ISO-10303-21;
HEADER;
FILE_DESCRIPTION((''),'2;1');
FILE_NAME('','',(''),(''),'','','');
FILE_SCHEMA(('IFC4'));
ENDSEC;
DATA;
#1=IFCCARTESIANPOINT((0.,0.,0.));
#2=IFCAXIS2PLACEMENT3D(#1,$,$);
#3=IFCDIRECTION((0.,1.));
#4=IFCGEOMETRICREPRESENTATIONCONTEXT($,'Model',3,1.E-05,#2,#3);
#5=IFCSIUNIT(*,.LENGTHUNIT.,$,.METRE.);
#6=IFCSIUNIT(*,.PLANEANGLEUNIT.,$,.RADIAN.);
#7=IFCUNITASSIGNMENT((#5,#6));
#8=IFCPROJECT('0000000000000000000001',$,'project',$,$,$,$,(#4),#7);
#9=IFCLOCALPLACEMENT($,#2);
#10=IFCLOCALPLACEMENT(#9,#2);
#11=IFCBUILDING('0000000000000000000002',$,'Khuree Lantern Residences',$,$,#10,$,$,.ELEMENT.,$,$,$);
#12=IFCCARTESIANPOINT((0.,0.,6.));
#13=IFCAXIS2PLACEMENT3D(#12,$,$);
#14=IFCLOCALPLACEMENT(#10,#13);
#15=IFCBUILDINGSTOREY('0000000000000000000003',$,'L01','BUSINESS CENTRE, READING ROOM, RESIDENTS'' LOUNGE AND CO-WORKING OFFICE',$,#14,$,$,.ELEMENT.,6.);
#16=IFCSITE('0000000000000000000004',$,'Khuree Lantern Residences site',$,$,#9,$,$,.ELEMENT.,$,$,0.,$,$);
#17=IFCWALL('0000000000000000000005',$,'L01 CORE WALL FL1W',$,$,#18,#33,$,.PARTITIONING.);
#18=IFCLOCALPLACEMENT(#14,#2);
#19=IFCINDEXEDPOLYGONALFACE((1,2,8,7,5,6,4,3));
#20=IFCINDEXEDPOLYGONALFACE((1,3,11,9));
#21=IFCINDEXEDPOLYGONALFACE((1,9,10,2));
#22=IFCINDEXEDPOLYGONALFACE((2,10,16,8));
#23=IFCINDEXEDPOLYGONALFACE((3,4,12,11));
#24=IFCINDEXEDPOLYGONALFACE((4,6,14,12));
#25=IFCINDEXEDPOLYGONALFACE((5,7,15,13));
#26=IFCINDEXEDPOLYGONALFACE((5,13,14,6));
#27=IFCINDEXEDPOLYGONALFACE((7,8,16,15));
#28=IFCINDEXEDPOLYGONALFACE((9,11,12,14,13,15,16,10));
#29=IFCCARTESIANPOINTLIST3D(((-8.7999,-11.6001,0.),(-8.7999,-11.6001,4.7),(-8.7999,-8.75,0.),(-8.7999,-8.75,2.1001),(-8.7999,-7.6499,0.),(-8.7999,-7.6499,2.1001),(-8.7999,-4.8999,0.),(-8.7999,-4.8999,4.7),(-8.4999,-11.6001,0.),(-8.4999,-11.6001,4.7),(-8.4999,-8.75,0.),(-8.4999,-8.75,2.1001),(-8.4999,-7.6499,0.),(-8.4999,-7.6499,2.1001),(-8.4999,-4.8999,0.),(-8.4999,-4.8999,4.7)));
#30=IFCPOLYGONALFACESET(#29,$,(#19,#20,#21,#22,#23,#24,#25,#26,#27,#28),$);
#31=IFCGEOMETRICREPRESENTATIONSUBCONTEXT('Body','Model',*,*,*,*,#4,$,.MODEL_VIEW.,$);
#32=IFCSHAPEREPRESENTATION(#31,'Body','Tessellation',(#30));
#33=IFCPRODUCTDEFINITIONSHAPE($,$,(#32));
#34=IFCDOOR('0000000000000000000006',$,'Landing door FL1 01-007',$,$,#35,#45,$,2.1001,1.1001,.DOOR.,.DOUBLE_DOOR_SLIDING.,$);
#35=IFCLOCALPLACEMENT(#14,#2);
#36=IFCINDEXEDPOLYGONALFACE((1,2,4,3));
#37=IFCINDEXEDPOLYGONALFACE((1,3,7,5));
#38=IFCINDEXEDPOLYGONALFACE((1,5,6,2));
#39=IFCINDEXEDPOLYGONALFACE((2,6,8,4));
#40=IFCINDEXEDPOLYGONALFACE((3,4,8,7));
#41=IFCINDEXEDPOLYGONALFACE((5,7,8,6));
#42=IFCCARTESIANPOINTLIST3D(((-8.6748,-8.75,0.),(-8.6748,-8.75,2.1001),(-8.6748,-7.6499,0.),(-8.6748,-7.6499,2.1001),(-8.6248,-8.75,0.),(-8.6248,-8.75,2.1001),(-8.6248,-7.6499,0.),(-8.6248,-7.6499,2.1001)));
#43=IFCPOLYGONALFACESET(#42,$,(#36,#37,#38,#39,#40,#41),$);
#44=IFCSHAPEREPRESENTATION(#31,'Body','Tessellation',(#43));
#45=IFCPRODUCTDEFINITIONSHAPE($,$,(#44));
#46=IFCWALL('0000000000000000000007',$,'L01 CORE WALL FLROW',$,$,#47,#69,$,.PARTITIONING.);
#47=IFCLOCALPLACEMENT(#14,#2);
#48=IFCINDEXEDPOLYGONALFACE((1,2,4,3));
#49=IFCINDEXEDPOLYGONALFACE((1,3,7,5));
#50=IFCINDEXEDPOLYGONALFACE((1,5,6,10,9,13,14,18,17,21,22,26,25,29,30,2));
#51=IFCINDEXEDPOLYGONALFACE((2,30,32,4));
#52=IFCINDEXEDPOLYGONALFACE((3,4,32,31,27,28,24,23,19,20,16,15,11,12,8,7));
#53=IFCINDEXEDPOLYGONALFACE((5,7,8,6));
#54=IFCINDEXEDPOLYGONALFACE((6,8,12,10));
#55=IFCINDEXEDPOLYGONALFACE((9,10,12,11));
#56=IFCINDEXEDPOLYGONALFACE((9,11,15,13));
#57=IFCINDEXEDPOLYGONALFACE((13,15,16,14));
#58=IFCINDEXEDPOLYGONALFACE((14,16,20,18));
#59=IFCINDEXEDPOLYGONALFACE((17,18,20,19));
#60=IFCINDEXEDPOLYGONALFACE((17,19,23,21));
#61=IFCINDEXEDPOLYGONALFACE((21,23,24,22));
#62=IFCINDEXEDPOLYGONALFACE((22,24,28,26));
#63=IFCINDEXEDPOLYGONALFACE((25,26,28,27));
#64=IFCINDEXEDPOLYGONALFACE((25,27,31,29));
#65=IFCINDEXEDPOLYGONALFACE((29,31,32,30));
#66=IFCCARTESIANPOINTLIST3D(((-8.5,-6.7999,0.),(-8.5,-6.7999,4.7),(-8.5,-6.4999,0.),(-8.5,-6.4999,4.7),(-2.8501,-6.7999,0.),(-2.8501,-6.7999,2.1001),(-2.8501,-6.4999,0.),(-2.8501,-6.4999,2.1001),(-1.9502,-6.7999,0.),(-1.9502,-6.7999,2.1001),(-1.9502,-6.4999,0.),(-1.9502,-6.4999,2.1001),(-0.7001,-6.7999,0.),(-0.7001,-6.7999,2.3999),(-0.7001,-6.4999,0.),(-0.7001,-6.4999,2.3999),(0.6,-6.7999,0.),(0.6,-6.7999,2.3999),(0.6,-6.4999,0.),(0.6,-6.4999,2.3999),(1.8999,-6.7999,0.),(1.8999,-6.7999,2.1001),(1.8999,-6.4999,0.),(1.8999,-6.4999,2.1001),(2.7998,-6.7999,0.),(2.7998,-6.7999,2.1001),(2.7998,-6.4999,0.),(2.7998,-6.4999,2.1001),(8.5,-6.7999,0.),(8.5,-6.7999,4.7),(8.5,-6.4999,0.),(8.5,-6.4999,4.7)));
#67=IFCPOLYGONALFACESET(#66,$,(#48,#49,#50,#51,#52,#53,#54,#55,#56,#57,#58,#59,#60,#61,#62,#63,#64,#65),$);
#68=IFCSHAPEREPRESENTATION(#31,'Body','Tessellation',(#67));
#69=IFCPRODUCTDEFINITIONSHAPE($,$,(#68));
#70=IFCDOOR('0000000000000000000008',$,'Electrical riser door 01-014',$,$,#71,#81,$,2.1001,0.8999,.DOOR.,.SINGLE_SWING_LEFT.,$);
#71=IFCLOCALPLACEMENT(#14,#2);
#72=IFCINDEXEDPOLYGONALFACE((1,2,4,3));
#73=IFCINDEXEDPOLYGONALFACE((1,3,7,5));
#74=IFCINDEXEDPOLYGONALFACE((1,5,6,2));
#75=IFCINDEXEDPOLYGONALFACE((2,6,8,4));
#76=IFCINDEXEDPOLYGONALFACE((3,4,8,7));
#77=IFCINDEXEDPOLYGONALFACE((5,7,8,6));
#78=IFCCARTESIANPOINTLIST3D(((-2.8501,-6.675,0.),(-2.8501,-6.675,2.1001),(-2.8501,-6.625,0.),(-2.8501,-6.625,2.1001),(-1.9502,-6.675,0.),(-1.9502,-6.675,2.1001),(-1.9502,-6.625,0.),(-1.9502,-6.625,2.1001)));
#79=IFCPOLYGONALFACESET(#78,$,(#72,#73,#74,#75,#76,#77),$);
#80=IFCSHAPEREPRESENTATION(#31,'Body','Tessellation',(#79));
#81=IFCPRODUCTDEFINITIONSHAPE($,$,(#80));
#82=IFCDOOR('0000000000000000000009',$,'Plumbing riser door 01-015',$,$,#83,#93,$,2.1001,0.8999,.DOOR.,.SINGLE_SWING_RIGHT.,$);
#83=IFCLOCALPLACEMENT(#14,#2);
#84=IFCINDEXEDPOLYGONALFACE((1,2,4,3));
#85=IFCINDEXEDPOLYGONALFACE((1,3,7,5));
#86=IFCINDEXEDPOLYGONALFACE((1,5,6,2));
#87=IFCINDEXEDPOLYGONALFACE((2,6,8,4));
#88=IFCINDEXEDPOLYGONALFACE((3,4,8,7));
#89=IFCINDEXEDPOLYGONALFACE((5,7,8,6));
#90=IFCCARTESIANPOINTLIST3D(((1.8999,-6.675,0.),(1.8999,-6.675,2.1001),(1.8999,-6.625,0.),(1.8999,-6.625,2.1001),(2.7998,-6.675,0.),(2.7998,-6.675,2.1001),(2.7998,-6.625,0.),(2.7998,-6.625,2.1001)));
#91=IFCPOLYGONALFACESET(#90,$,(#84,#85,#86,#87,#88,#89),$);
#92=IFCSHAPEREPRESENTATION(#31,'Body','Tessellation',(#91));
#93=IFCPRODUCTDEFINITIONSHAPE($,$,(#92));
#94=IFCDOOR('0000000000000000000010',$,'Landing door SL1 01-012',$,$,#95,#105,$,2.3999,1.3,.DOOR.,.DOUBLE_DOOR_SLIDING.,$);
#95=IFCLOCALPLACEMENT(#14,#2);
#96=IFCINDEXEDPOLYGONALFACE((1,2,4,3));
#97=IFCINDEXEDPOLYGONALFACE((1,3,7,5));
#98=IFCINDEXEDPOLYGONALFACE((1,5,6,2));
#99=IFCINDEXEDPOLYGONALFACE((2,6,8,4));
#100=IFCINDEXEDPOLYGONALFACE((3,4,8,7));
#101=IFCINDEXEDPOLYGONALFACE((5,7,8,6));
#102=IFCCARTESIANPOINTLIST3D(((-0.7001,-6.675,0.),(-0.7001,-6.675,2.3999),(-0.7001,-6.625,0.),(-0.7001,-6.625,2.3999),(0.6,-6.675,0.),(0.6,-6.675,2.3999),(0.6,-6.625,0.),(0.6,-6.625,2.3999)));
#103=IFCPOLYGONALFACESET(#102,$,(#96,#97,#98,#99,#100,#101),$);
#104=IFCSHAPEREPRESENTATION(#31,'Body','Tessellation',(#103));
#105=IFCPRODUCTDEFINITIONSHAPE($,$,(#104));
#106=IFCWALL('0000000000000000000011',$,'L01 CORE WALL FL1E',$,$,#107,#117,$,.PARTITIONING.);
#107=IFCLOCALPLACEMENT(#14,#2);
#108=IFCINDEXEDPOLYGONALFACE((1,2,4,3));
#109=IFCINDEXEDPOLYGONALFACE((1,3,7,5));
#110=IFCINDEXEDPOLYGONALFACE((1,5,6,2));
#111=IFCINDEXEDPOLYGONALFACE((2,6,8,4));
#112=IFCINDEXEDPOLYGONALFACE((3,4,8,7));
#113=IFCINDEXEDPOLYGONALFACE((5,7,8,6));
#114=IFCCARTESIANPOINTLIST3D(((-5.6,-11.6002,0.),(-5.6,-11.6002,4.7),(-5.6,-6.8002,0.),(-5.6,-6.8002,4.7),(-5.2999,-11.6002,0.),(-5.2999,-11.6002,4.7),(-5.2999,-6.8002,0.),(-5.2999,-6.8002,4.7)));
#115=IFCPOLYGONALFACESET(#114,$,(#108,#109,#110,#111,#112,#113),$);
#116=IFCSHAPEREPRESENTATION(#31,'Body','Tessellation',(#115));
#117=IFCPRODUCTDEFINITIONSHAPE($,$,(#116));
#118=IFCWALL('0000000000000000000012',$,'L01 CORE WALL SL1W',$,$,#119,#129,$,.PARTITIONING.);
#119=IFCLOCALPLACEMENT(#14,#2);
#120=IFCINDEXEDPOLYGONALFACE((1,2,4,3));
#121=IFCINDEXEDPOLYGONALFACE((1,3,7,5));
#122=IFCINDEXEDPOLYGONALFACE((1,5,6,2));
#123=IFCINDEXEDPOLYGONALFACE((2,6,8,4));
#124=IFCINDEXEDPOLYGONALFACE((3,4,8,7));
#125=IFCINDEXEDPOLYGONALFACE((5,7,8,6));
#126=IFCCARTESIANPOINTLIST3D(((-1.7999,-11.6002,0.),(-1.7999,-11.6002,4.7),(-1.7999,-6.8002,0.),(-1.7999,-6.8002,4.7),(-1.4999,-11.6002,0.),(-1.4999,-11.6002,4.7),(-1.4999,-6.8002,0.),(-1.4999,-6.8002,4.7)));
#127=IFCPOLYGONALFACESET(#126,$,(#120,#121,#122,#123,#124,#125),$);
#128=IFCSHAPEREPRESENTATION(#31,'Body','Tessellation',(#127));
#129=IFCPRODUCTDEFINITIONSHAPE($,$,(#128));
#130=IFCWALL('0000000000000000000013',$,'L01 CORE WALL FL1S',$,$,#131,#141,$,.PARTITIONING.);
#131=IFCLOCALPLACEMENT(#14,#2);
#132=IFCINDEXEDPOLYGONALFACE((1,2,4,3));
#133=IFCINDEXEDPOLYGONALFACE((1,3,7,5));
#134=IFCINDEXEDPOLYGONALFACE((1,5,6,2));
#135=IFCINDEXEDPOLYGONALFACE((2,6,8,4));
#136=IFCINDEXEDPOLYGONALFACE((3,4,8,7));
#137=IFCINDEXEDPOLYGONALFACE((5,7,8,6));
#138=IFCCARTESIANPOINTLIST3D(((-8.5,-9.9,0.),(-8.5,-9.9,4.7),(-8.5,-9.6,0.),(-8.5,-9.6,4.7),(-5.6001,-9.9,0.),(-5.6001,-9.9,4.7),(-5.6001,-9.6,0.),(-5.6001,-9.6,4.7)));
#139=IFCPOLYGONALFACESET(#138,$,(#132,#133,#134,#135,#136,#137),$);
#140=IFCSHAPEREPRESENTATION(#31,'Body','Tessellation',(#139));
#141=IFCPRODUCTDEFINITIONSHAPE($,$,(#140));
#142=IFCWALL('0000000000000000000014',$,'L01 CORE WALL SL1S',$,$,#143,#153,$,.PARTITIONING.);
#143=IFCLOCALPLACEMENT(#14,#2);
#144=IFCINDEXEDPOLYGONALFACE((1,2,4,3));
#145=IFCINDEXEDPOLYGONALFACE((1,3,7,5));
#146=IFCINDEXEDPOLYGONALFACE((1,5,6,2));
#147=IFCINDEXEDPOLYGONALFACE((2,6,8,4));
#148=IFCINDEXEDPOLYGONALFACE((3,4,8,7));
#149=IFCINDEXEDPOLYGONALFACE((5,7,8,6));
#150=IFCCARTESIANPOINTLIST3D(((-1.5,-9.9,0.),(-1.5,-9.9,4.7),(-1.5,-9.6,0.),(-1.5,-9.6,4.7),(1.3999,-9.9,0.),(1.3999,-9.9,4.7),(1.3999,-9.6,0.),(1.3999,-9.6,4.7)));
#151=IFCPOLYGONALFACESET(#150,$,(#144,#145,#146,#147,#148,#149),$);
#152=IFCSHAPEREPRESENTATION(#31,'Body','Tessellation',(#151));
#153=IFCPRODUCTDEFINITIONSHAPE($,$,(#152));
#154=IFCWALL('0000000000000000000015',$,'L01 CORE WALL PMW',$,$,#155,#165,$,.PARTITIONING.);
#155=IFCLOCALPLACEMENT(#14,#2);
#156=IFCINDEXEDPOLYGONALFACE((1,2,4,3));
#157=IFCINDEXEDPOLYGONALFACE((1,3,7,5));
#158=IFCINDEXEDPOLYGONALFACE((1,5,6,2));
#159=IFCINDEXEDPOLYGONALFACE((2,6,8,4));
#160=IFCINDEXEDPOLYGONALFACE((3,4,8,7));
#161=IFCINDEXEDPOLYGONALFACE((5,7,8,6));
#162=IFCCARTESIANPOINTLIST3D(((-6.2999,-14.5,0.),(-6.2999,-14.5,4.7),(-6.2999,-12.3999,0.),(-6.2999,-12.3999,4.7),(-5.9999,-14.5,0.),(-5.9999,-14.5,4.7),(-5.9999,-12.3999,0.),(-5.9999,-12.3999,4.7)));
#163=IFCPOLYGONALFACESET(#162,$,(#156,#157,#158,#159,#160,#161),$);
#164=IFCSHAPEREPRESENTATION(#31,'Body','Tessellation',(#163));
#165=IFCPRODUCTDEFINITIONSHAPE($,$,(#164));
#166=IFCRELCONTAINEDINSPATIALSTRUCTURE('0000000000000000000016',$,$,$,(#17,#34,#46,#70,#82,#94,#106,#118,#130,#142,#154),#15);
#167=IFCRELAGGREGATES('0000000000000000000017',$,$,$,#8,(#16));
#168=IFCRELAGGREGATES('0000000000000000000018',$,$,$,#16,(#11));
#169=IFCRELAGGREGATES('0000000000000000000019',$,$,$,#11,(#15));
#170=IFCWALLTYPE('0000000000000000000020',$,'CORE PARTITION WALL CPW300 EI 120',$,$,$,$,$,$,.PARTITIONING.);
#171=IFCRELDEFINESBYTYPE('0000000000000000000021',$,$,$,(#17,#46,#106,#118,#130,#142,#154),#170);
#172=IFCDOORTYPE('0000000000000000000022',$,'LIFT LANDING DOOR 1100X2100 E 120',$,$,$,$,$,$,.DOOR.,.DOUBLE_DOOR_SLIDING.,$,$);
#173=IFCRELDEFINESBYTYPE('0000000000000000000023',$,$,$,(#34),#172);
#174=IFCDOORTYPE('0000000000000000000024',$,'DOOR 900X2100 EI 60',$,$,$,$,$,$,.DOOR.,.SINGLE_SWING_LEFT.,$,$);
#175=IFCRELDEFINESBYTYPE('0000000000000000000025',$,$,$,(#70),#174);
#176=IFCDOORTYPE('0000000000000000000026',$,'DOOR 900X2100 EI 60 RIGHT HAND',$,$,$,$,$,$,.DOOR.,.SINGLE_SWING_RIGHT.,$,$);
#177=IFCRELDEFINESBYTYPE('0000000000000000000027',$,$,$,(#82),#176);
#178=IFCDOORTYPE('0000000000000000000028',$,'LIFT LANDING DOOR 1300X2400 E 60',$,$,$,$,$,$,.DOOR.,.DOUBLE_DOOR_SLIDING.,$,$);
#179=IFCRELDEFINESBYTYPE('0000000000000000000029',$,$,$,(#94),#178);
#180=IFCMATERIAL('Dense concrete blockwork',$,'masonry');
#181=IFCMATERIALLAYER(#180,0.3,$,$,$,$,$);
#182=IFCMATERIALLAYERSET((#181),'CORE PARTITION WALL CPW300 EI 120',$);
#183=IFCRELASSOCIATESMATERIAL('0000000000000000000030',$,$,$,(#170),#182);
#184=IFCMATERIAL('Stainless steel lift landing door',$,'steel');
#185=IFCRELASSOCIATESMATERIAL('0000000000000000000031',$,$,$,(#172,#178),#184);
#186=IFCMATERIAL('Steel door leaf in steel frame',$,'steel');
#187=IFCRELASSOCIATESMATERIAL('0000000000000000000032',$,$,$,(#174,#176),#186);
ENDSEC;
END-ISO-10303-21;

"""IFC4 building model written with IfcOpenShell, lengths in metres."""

from ifc_helpers import new_model, si_unit, direction, frame, frame_2d, origin, place, context, subcontext, project, spatial, rectangle, extrude, material, layer, layer_set, type_object, element, fill, save


model = new_model("IFC4")

# Units and contexts
model_context = context("Model", 3, precision=1e-05, world=origin(), true_north=direction((0.0, 1.0)))
body_context = subcontext(model_context, "Body", "Model", "MODEL_VIEW")
ifc_project = project(units=[si_unit("LENGTHUNIT", "METRE"), si_unit("PLANEANGLEUNIT", "RADIAN")], contexts=[model_context])

# Site, building, storey
site_placement = place(None, origin())
site = spatial("IfcSite", under=ifc_project, at=site_placement, Name="Khuree Lantern Residences site", CompositionType="ELEMENT", RefElevation=0.0)
building_placement = place(site_placement, origin())
building = spatial("IfcBuilding", under=site, at=building_placement, Name="Khuree Lantern Residences", CompositionType="ELEMENT")
storey_placement = place(building_placement, frame((0.0, 0.0, 6.0)))
storey = spatial("IfcBuildingStorey", under=building, at=storey_placement, Name="L01", Description="BUSINESS CENTRE, READING ROOM, RESIDENTS' LOUNGE AND CO-WORKING OFFICE", CompositionType="ELEMENT", Elevation=6.0)

# Wall, opening, door
ifc_material_1 = material(Name="Dense concrete blockwork", Category="masonry")
ifc_layer_1 = layer(ifc_material_1, 0.3)
ifc_layer_set_1 = layer_set([ifc_layer_1], Name="CORE PARTITION WALL CPW300 EI 120")
wall_type_1 = type_object("IfcWallType", Name="CORE PARTITION WALL CPW300 EI 120", PredefinedType="PARTITIONING", material=ifc_layer_set_1)
wall_1_placement = place(storey_placement, frame((-8.6499, -11.6001, 0.0), z_axis=(0.0, 0.0, 1.0), x_axis=(0.0, 1.0, 0.0)))
wall_1 = element("IfcWall", 1, at=wall_1_placement, inside=storey, type_object=wall_type_1, Name="L01 CORE WALL FL1W", PredefinedType="PARTITIONING", context=body_context, shape_type="SweptSolid", body=[
    extrude(rectangle(XDim=6.7002, YDim=0.3, at=frame_2d((3.3501, 0.0))), origin(), (0.0, 0.0, 1.0), 4.7),
])
opening_1_placement = place(wall_1_placement, frame((2.8501, 0.0, 0.0)))
opening_1 = element("IfcOpeningElement", 2, at=opening_1_placement, cuts=wall_1, PredefinedType="OPENING", context=body_context, shape_type="SweptSolid", body=[
    extrude(rectangle(XDim=1.1001, YDim=2.1001, at=frame_2d((0.55, 1.05))), frame((0.0, 0.1602, 0.0), z_axis=(0.0, -1.0, 0.0), x_axis=(1.0, 0.0, 0.0)), (0.0, 0.0, 1.0), 0.3201),
])
ifc_material_2 = material(Name="Stainless steel lift landing door", Category="steel")
door_type_1 = type_object("IfcDoorType", Name="LIFT LANDING DOOR 1100X2100 E 120", OperationType="DOUBLE_DOOR_SLIDING", PredefinedType="DOOR", material=ifc_material_2)
door_1_placement = place(opening_1_placement, origin())
door_1 = element("IfcDoor", 3, at=door_1_placement, inside=storey, type_object=door_type_1, Name="Landing door FL1 01-007", OperationType="DOUBLE_DOOR_SLIDING", OverallHeight=2.1001, OverallWidth=1.1001, PredefinedType="DOOR", context=body_context, shape_type="SweptSolid", body=[
    extrude(rectangle(XDim=1.1001, YDim=2.1001, at=frame_2d((0.55, 1.05))), frame((0.0, 0.0249, 0.0), z_axis=(0.0, -1.0, 0.0), x_axis=(1.0, 0.0, 0.0)), (0.0, 0.0, 1.0), 0.05),
])
fill(opening_1, door_1)

# Wall, openings, doors
wall_2_placement = place(storey_placement, frame((-8.5, -6.6499, 0.0), z_axis=(0.0, 0.0, 1.0), x_axis=(1.0, 0.0, 0.0)))
wall_2 = element("IfcWall", 4, at=wall_2_placement, inside=storey, type_object=wall_type_1, Name="L01 CORE WALL FLROW", PredefinedType="PARTITIONING", context=body_context, shape_type="SweptSolid", body=[
    extrude(rectangle(XDim=17.0, YDim=0.3, at=frame_2d((8.5, 0.0))), origin(), (0.0, 0.0, 1.0), 4.7),
])
opening_2_placement = place(wall_2_placement, frame((7.8, 0.0, 0.0)))
opening_2 = element("IfcOpeningElement", 5, at=opening_2_placement, cuts=wall_2, PredefinedType="OPENING", context=body_context, shape_type="SweptSolid", body=[
    extrude(rectangle(XDim=1.3, YDim=2.3999, at=frame_2d((0.6499, 1.2))), frame((0.0, 0.1602, 0.0), z_axis=(0.0, -1.0, 0.0), x_axis=(1.0, 0.0, 0.0)), (0.0, 0.0, 1.0), 0.3201),
])
opening_3_placement = place(wall_2_placement, frame((5.6499, 0.0, 0.0)))
opening_3 = element("IfcOpeningElement", 6, at=opening_3_placement, cuts=wall_2, PredefinedType="OPENING", context=body_context, shape_type="SweptSolid", body=[
    extrude(rectangle(XDim=0.8999, YDim=2.1001, at=frame_2d((0.45, 1.05))), frame((0.0, 0.1602, 0.0), z_axis=(0.0, -1.0, 0.0), x_axis=(1.0, 0.0, 0.0)), (0.0, 0.0, 1.0), 0.3201),
])
opening_4_placement = place(wall_2_placement, frame((10.3999, 0.0, 0.0)))
opening_4 = element("IfcOpeningElement", 7, at=opening_4_placement, cuts=wall_2, PredefinedType="OPENING", context=body_context, shape_type="SweptSolid", body=[
    extrude(rectangle(XDim=0.8999, YDim=2.1001, at=frame_2d((0.45, 1.05))), frame((0.0, 0.1602, 0.0), z_axis=(0.0, -1.0, 0.0), x_axis=(1.0, 0.0, 0.0)), (0.0, 0.0, 1.0), 0.3201),
])
ifc_material_3 = material(Name="Steel door leaf in steel frame", Category="steel")
door_type_2 = type_object("IfcDoorType", Name="DOOR 900X2100 EI 60", OperationType="SINGLE_SWING_LEFT", PredefinedType="DOOR", material=ifc_material_3)
door_2_placement = place(opening_3_placement, origin())
door_2 = element("IfcDoor", 8, at=door_2_placement, inside=storey, type_object=door_type_2, Name="Electrical riser door 01-014", OperationType="SINGLE_SWING_LEFT", OverallHeight=2.1001, OverallWidth=0.8999, PredefinedType="DOOR", context=body_context, shape_type="SweptSolid", body=[
    extrude(rectangle(XDim=0.8999, YDim=2.1001, at=frame_2d((0.45, 1.05))), frame((0.0, 0.0249, 0.0), z_axis=(0.0, -1.0, 0.0), x_axis=(1.0, 0.0, 0.0)), (0.0, 0.0, 1.0), 0.05),
])
fill(opening_3, door_2)
door_type_3 = type_object("IfcDoorType", Name="DOOR 900X2100 EI 60 RIGHT HAND", OperationType="SINGLE_SWING_RIGHT", PredefinedType="DOOR", material=ifc_material_3)
door_3_placement = place(opening_4_placement, origin())
door_3 = element("IfcDoor", 9, at=door_3_placement, inside=storey, type_object=door_type_3, Name="Plumbing riser door 01-015", OperationType="SINGLE_SWING_RIGHT", OverallHeight=2.1001, OverallWidth=0.8999, PredefinedType="DOOR", context=body_context, shape_type="SweptSolid", body=[
    extrude(rectangle(XDim=0.8999, YDim=2.1001, at=frame_2d((0.45, 1.05))), frame((0.0, 0.0249, 0.0), z_axis=(0.0, -1.0, 0.0), x_axis=(1.0, 0.0, 0.0)), (0.0, 0.0, 1.0), 0.05),
])
fill(opening_4, door_3)
door_type_4 = type_object("IfcDoorType", Name="LIFT LANDING DOOR 1300X2400 E 60", OperationType="DOUBLE_DOOR_SLIDING", PredefinedType="DOOR", material=ifc_material_2)
door_4_placement = place(opening_2_placement, origin())
door_4 = element("IfcDoor", 10, at=door_4_placement, inside=storey, type_object=door_type_4, Name="Landing door SL1 01-012", OperationType="DOUBLE_DOOR_SLIDING", OverallHeight=2.3999, OverallWidth=1.3, PredefinedType="DOOR", context=body_context, shape_type="SweptSolid", body=[
    extrude(rectangle(XDim=1.3, YDim=2.3999, at=frame_2d((0.6499, 1.2))), frame((0.0, 0.0249, 0.0), z_axis=(0.0, -1.0, 0.0), x_axis=(1.0, 0.0, 0.0)), (0.0, 0.0, 1.0), 0.05),
])
fill(opening_2, door_4)

# Walls
for number, where, z_axis, x_axis, name in (
    (11, (-5.45, -11.6001, 0.0), (0.0, 0.0, 1.0), (0.0, 1.0, 0.0), "L01 CORE WALL FL1E"),
    (12, (-1.6499, -11.6001, 0.0), (0.0, 0.0, 1.0), (0.0, 1.0, 0.0), "L01 CORE WALL SL1W"),
):
    element("IfcWall", number, at=place(storey_placement, frame(where, z_axis=z_axis, x_axis=x_axis)), inside=storey, type_object=wall_type_1, Name=name, PredefinedType="PARTITIONING", context=body_context, shape_type="SweptSolid", body=[
        extrude(rectangle(XDim=4.8, YDim=0.3, at=frame_2d((2.3999, 0.0))), origin(), (0.0, 0.0, 1.0), 4.7),
    ])
for number, where, z_axis, x_axis, name in (
    (13, (-8.5, -9.75, 0.0), (0.0, 0.0, 1.0), (1.0, 0.0, 0.0), "L01 CORE WALL FL1S"),
    (14, (-1.5, -9.75, 0.0), (0.0, 0.0, 1.0), (1.0, 0.0, 0.0), "L01 CORE WALL SL1S"),
):
    element("IfcWall", number, at=place(storey_placement, frame(where, z_axis=z_axis, x_axis=x_axis)), inside=storey, type_object=wall_type_1, Name=name, PredefinedType="PARTITIONING", context=body_context, shape_type="SweptSolid", body=[
        extrude(rectangle(XDim=2.8999, YDim=0.3, at=frame_2d((1.45, 0.0))), origin(), (0.0, 0.0, 1.0), 4.7),
    ])
wall_3_placement = place(storey_placement, frame((-6.1499, -14.5, 0.0), z_axis=(0.0, 0.0, 1.0), x_axis=(0.0, 1.0, 0.0)))
element("IfcWall", 15, at=wall_3_placement, inside=storey, type_object=wall_type_1, Name="L01 CORE WALL PMW", PredefinedType="PARTITIONING", context=body_context, shape_type="SweptSolid", body=[
    extrude(rectangle(XDim=2.1001, YDim=0.3, at=frame_2d((1.05, 0.0))), origin(), (0.0, 0.0, 1.0), 4.7),
])

save(model, "model.ifc")
